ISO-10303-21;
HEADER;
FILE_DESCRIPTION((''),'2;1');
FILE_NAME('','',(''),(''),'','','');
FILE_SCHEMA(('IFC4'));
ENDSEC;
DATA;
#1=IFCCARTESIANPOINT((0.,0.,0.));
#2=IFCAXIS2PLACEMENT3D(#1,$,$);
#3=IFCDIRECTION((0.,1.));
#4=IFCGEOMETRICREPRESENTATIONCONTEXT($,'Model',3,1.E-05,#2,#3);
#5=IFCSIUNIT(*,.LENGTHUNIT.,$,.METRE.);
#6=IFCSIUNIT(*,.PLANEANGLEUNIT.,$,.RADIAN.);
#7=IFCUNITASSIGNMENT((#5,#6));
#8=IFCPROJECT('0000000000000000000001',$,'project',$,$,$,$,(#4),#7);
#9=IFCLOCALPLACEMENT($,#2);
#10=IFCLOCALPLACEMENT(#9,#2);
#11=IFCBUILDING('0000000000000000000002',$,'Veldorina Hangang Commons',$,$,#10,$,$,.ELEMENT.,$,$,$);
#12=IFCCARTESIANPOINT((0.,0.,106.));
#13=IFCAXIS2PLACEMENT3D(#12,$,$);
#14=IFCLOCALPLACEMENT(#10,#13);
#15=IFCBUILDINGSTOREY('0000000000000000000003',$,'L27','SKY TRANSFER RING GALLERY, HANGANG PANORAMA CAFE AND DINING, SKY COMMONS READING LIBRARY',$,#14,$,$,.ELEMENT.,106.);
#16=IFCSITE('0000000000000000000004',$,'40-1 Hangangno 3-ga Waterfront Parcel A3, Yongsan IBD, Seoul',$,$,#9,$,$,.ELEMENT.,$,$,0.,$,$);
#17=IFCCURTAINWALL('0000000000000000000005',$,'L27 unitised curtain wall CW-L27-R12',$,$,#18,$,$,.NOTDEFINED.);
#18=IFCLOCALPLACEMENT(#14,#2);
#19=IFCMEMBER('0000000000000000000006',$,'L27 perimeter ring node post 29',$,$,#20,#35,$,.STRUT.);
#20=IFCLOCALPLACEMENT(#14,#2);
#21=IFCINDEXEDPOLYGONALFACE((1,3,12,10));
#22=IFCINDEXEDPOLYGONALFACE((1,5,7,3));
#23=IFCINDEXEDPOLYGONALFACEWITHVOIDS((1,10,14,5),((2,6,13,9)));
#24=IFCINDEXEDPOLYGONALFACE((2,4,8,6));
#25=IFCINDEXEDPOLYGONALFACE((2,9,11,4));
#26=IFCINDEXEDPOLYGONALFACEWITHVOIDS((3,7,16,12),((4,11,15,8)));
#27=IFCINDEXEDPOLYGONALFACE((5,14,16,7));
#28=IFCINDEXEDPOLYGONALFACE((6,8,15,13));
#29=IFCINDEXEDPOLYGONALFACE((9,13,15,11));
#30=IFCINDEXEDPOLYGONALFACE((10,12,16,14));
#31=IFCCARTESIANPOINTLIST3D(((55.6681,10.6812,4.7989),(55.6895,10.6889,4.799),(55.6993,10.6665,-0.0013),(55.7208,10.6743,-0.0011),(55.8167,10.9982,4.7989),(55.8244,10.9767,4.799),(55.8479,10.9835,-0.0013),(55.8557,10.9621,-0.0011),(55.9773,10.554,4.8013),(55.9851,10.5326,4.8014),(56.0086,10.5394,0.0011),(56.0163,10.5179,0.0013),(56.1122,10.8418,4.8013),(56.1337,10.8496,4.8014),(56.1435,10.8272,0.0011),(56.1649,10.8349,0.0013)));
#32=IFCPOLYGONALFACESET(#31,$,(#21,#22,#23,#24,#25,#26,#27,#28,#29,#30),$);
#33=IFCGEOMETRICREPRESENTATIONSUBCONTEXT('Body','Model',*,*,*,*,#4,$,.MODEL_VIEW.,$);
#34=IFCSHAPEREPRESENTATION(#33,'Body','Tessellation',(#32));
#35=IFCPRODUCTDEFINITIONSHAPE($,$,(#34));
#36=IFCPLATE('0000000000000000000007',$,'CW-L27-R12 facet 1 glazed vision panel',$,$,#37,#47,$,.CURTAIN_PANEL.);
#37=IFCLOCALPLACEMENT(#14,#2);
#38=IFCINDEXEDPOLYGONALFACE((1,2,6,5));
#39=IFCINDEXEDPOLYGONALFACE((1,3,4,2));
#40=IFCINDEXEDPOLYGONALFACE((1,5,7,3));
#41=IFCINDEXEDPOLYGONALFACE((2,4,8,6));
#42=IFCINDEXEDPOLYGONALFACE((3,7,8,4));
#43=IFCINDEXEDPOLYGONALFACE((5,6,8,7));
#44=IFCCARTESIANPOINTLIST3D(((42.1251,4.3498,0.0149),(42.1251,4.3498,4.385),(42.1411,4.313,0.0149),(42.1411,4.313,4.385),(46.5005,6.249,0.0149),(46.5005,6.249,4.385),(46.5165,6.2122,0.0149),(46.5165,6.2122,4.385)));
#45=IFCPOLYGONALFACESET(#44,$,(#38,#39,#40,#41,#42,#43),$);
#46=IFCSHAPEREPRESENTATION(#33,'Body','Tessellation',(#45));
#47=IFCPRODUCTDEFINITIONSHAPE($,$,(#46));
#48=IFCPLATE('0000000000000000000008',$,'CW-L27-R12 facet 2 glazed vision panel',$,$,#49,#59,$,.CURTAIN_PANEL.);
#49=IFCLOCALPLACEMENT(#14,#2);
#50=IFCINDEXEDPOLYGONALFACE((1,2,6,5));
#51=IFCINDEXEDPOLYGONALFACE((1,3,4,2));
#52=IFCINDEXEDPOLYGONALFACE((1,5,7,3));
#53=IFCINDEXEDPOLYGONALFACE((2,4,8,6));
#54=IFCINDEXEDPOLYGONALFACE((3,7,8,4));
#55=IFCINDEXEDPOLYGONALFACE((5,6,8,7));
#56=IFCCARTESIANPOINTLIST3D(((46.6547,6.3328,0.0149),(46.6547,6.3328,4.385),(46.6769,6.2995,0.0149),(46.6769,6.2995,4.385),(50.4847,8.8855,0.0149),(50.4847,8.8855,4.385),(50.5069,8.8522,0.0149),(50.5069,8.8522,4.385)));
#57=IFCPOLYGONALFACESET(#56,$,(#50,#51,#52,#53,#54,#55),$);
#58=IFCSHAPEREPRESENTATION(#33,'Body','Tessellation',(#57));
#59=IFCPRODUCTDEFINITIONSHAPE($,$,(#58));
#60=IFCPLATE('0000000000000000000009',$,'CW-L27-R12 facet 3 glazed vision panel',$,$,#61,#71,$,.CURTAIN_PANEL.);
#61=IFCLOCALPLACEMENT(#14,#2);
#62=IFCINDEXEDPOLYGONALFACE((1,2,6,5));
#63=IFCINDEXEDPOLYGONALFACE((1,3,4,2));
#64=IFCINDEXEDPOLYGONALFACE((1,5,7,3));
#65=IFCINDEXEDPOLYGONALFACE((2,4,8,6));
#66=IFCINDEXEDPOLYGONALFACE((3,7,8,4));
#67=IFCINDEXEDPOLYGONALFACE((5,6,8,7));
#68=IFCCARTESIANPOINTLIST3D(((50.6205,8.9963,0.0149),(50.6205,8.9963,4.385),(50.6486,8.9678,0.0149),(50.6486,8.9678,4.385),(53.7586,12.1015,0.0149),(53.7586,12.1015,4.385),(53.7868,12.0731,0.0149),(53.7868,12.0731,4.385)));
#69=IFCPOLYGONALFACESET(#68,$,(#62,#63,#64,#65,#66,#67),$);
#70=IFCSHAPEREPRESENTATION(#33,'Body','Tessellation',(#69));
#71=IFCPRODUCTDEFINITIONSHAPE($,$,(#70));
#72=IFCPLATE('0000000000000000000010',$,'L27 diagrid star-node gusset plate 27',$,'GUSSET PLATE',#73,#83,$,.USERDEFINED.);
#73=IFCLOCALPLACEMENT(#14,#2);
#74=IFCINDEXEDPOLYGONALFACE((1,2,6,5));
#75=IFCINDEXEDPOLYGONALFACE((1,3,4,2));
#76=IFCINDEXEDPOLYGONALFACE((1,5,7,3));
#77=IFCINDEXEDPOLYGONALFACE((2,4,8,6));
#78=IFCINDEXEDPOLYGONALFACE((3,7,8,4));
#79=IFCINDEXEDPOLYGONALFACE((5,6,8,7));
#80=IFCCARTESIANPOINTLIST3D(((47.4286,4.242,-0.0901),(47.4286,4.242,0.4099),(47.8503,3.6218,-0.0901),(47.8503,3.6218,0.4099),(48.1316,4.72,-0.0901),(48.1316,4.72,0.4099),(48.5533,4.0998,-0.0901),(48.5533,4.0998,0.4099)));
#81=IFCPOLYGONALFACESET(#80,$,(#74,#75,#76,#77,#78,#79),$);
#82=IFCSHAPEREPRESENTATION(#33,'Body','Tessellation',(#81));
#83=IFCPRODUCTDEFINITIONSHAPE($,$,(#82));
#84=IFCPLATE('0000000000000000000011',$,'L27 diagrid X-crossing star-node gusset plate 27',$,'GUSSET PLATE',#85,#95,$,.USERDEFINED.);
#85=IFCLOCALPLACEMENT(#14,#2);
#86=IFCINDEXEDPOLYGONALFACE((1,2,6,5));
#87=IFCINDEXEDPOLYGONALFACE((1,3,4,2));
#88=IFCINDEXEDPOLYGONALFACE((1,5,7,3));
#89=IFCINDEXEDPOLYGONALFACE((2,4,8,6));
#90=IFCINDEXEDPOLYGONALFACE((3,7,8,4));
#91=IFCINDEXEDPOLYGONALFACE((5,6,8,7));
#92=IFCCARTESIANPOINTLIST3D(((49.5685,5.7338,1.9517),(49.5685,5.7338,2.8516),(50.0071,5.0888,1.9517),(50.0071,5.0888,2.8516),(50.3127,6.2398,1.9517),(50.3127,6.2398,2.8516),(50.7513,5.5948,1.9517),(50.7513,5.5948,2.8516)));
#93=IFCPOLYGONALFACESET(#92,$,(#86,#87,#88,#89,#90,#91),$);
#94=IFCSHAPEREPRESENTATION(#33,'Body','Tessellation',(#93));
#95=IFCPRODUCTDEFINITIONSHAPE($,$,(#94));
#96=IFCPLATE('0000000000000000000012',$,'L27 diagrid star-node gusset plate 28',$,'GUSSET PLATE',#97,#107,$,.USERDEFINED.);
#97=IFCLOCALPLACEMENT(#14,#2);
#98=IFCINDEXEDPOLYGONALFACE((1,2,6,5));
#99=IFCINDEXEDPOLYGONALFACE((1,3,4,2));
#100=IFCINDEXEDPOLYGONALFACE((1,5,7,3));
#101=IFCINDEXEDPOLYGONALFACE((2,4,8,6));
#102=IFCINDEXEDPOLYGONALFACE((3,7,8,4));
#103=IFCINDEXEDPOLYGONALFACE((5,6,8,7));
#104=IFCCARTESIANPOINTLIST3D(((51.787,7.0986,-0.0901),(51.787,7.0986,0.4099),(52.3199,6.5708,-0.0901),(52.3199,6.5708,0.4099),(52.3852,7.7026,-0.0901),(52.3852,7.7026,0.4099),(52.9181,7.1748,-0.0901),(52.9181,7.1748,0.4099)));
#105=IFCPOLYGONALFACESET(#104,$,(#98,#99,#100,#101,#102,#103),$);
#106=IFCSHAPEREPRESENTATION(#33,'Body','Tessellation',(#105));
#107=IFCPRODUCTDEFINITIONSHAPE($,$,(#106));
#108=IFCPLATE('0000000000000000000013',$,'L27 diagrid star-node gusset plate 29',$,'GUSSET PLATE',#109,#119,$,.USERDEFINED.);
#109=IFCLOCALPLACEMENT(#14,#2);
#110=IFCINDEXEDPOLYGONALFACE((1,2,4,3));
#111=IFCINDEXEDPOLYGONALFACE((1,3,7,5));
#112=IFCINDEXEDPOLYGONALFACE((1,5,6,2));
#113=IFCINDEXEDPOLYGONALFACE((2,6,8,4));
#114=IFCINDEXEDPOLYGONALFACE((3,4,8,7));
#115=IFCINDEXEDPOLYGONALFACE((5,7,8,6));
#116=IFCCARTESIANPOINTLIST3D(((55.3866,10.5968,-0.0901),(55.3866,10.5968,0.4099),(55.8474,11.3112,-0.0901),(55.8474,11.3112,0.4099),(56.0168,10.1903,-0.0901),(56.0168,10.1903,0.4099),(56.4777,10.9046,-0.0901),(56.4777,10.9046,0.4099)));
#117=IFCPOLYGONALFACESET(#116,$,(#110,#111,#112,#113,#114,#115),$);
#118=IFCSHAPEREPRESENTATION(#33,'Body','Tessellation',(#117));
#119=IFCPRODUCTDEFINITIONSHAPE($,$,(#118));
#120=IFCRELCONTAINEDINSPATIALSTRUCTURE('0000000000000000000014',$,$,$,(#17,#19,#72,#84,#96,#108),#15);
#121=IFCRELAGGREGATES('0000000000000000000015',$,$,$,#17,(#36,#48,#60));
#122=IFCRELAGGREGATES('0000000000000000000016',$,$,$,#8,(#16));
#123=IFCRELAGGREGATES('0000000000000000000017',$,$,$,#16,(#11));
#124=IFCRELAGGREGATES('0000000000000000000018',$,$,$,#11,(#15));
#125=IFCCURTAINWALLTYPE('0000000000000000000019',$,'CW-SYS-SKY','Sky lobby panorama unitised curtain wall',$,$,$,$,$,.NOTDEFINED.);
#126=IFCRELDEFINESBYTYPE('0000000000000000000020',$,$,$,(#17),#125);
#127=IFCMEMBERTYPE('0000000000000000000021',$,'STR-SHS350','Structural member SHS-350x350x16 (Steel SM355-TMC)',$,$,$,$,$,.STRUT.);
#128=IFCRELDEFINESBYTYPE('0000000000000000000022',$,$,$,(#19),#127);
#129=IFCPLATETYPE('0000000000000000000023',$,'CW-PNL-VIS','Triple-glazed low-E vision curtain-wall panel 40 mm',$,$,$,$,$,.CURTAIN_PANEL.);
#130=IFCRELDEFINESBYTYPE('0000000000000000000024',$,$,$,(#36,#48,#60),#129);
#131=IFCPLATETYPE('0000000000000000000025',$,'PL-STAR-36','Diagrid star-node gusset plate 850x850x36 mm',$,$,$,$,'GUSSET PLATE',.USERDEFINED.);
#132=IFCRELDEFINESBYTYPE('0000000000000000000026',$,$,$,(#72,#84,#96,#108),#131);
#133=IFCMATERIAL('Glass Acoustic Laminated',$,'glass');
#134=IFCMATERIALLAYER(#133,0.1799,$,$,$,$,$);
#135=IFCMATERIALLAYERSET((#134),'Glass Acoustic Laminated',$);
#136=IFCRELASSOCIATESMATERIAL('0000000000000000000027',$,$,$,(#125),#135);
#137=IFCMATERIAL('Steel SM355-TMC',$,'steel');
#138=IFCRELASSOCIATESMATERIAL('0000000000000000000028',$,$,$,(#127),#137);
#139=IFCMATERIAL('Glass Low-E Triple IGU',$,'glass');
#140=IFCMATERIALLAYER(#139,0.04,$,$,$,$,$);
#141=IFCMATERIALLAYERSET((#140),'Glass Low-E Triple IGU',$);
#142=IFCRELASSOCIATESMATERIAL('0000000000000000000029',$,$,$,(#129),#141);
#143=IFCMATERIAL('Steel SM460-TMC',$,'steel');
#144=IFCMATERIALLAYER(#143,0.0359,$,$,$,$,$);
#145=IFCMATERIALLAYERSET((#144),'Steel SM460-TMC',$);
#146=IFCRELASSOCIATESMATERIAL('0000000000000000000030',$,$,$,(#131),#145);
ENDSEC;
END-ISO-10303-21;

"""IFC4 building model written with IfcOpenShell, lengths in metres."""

from ifc_helpers import new_model, si_unit, direction, frame, origin, origin_2d, place, context, subcontext, project, spatial, rectangle, hollow_rectangle, extrude, material, layer, layer_set, material_profile, profile_set, type_object, element, aggregate, save


model = new_model("IFC4")

# Units and contexts
model_context = context("Model", 3, precision=1e-05, world=origin(), true_north=direction((0.0, 1.0)))
body_context = subcontext(model_context, "Body", "Model", "MODEL_VIEW")
ifc_project = project(units=[si_unit("LENGTHUNIT", "METRE"), si_unit("PLANEANGLEUNIT", "RADIAN")], contexts=[model_context])

# Site, building, storey
site_placement = place(None, origin())
site = spatial("IfcSite", under=ifc_project, at=site_placement, Name="40-1 Hangangno 3-ga Waterfront Parcel A3, Yongsan IBD, Seoul", CompositionType="ELEMENT", RefElevation=0.0)
building_placement = place(site_placement, origin())
building = spatial("IfcBuilding", under=site, at=building_placement, Name="Veldorina Hangang Commons", CompositionType="ELEMENT")
storey_placement = place(building_placement, frame((0.0, 0.0, 106.0)))
storey = spatial("IfcBuildingStorey", under=building, at=storey_placement, Name="L27", Description="SKY TRANSFER RING GALLERY, HANGANG PANORAMA CAFE AND DINING, SKY COMMONS READING LIBRARY", CompositionType="ELEMENT", Elevation=106.0)

# Shared definitions
ifc_material_1 = material(Name="Steel SM355-TMC", Category="steel")

# Curtain wall
ifc_material_2 = material(Name="Glass Acoustic Laminated", Category="glass")
ifc_layer_1 = layer(ifc_material_2, 0.1799)
ifc_layer_set_1 = layer_set([ifc_layer_1], Name="Glass Acoustic Laminated")
curtain_wall_type = type_object("IfcCurtainWallType", Name="CW-SYS-SKY", Description="Sky lobby panorama unitised curtain wall", PredefinedType="NOTDEFINED", material=ifc_layer_set_1)
curtain_wall_placement = place(storey_placement, origin())
curtain_wall = element("IfcCurtainWall", 1, at=curtain_wall_placement, inside=storey, type_object=curtain_wall_type, Name="L27 unitised curtain wall CW-L27-R12", PredefinedType="NOTDEFINED")

# Member
ifc_material_3 = material(Name="Steel SM460-TMC", Category="steel")
ifc_material_profile_1 = material_profile(ifc_material_1, hollow_rectangle(XDim=0.3501, YDim=0.3501, WallThickness=0.0161, at=origin_2d()), Name="SHS-350x350x16")
ifc_profile_set_1 = profile_set([ifc_material_profile_1], Name="Steel SM355-TMC")
member_type_1 = type_object("IfcMemberType", Name="STR-SHS350", Description="Structural member SHS-350x350x16 (Steel SM355-TMC)", PredefinedType="STRUT", material=ifc_profile_set_1)
member_1_placement = place(storey_placement, frame((55.9321, 10.7507, 0.0), z_axis=(-0.00651, 0.003052, 0.999974), x_axis=(-0.424434, -0.905459, 0.0)))
element("IfcMember", 2, at=member_1_placement, inside=storey, type_object=member_type_1, Name="L27 perimeter ring node post 29", PredefinedType="STRUT", context=body_context, shape_type="SweptSolid", body=[
    extrude(hollow_rectangle(XDim=0.3501, YDim=0.3501, WallThickness=0.0161, at=origin_2d()), origin(), (0.0, 0.0, 1.0), 4.8003),
])

# Plates
ifc_material_4 = material(Name="Glass Low-E Triple IGU", Category="glass")
ifc_layer_2 = layer(ifc_material_4, 0.04)
ifc_layer_set_2 = layer_set([ifc_layer_2], Name="Glass Low-E Triple IGU")
plate_type_1 = type_object("IfcPlateType", Name="CW-PNL-VIS", Description="Triple-glazed low-E vision curtain-wall panel 40 mm", PredefinedType="CURTAIN_PANEL", material=ifc_layer_set_2)
plate_1_placement = place(storey_placement, frame((44.3208, 5.281, 0.0149), z_axis=(0.0, 0.0, 1.0), x_axis=(0.91731, 0.398173, 0.0)))
plate_1 = element("IfcPlate", 3, at=plate_1_placement, type_object=plate_type_1, Name="CW-L27-R12 facet 1 glazed vision panel", PredefinedType="CURTAIN_PANEL", context=body_context, shape_type="SweptSolid", body=[
    extrude(rectangle(XDim=4.7698, YDim=0.04, at=origin_2d()), origin(), (0.0, 0.0, 1.0), 4.3701),
])
plate_2_placement = place(storey_placement, frame((48.5808, 7.5925, 0.0149), z_axis=(0.0, 0.0, 1.0), x_axis=(0.832119, 0.554598, 0.0)))
plate_2 = element("IfcPlate", 4, at=plate_2_placement, type_object=plate_type_1, Name="CW-L27-R12 facet 2 glazed vision panel", PredefinedType="CURTAIN_PANEL", context=body_context, shape_type="SweptSolid", body=[
    extrude(rectangle(XDim=4.6028, YDim=0.04, at=origin_2d()), origin(), (0.0, 0.0, 1.0), 4.3701),
])
plate_3_placement = place(storey_placement, frame((52.2036, 10.5347, 0.0149), z_axis=(0.0, 0.0, 1.0), x_axis=(0.710824, 0.70337, 0.0)))
plate_3 = element("IfcPlate", 5, at=plate_3_placement, type_object=plate_type_1, Name="CW-L27-R12 facet 3 glazed vision panel", PredefinedType="CURTAIN_PANEL", context=body_context, shape_type="SweptSolid", body=[
    extrude(rectangle(XDim=4.4148, YDim=0.04, at=origin_2d()), origin(), (0.0, 0.0, 1.0), 4.3701),
])
aggregate(curtain_wall, [plate_1, plate_2, plate_3])

# Plates
ifc_layer_3 = layer(ifc_material_3, 0.0359)
ifc_layer_set_3 = layer_set([ifc_layer_3], Name="Steel SM460-TMC")
plate_type_2 = type_object("IfcPlateType", Name="PL-STAR-36", Description="Diagrid star-node gusset plate 850x850x36 mm", ElementType="GUSSET PLATE", PredefinedType="USERDEFINED", material=ifc_layer_set_3)
plate_4_placement = place(storey_placement, frame((47.991, 4.1709, -0.0901), z_axis=(0.0, 0.0, 1.0), x_axis=(0.826943, 0.562285, 0.0)))
element("IfcPlate", 6, at=plate_4_placement, inside=storey, type_object=plate_type_2, Name="L27 diagrid star-node gusset plate 27", ObjectType="GUSSET PLATE", PredefinedType="USERDEFINED", context=body_context, shape_type="SweptSolid", body=[
    extrude(rectangle(XDim=0.8501, YDim=0.75, at=origin_2d()), origin(), (0.0, 0.0, 1.0), 0.5),
])
plate_5_placement = place(storey_placement, frame((50.1599, 5.6643, 1.9517), z_axis=(0.0, 0.0, 1.0), x_axis=(0.826943, 0.562285, 0.0)))
element("IfcPlate", 7, at=plate_5_placement, inside=storey, type_object=plate_type_2, Name="L27 diagrid X-crossing star-node gusset plate 27", ObjectType="GUSSET PLATE", PredefinedType="USERDEFINED", context=body_context, shape_type="SweptSolid", body=[
    extrude(rectangle(XDim=0.8999, YDim=0.78, at=origin_2d()), origin(), (0.0, 0.0, 1.0), 0.8999),
])
for number, where, z_axis, x_axis, name in (
    (8, (52.3525, 7.1367, -0.0901), (0.0, 0.0, 1.0), (0.703717, 0.71048, 0.0), "L27 diagrid star-node gusset plate 28"),
    (9, (55.9321, 10.7507, -0.0901), (0.0, 0.0, 1.0), (0.542104, 0.840311, 0.0), "L27 diagrid star-node gusset plate 29"),
):
    element("IfcPlate", number, at=place(storey_placement, frame(where, z_axis=z_axis, x_axis=x_axis)), inside=storey, type_object=plate_type_2, Name=name, ObjectType="GUSSET PLATE", PredefinedType="USERDEFINED", context=body_context, shape_type="SweptSolid", body=[
        extrude(rectangle(XDim=0.8501, YDim=0.75, at=origin_2d()), origin(), (0.0, 0.0, 1.0), 0.5),
    ])

save(model, "model.ifc")
